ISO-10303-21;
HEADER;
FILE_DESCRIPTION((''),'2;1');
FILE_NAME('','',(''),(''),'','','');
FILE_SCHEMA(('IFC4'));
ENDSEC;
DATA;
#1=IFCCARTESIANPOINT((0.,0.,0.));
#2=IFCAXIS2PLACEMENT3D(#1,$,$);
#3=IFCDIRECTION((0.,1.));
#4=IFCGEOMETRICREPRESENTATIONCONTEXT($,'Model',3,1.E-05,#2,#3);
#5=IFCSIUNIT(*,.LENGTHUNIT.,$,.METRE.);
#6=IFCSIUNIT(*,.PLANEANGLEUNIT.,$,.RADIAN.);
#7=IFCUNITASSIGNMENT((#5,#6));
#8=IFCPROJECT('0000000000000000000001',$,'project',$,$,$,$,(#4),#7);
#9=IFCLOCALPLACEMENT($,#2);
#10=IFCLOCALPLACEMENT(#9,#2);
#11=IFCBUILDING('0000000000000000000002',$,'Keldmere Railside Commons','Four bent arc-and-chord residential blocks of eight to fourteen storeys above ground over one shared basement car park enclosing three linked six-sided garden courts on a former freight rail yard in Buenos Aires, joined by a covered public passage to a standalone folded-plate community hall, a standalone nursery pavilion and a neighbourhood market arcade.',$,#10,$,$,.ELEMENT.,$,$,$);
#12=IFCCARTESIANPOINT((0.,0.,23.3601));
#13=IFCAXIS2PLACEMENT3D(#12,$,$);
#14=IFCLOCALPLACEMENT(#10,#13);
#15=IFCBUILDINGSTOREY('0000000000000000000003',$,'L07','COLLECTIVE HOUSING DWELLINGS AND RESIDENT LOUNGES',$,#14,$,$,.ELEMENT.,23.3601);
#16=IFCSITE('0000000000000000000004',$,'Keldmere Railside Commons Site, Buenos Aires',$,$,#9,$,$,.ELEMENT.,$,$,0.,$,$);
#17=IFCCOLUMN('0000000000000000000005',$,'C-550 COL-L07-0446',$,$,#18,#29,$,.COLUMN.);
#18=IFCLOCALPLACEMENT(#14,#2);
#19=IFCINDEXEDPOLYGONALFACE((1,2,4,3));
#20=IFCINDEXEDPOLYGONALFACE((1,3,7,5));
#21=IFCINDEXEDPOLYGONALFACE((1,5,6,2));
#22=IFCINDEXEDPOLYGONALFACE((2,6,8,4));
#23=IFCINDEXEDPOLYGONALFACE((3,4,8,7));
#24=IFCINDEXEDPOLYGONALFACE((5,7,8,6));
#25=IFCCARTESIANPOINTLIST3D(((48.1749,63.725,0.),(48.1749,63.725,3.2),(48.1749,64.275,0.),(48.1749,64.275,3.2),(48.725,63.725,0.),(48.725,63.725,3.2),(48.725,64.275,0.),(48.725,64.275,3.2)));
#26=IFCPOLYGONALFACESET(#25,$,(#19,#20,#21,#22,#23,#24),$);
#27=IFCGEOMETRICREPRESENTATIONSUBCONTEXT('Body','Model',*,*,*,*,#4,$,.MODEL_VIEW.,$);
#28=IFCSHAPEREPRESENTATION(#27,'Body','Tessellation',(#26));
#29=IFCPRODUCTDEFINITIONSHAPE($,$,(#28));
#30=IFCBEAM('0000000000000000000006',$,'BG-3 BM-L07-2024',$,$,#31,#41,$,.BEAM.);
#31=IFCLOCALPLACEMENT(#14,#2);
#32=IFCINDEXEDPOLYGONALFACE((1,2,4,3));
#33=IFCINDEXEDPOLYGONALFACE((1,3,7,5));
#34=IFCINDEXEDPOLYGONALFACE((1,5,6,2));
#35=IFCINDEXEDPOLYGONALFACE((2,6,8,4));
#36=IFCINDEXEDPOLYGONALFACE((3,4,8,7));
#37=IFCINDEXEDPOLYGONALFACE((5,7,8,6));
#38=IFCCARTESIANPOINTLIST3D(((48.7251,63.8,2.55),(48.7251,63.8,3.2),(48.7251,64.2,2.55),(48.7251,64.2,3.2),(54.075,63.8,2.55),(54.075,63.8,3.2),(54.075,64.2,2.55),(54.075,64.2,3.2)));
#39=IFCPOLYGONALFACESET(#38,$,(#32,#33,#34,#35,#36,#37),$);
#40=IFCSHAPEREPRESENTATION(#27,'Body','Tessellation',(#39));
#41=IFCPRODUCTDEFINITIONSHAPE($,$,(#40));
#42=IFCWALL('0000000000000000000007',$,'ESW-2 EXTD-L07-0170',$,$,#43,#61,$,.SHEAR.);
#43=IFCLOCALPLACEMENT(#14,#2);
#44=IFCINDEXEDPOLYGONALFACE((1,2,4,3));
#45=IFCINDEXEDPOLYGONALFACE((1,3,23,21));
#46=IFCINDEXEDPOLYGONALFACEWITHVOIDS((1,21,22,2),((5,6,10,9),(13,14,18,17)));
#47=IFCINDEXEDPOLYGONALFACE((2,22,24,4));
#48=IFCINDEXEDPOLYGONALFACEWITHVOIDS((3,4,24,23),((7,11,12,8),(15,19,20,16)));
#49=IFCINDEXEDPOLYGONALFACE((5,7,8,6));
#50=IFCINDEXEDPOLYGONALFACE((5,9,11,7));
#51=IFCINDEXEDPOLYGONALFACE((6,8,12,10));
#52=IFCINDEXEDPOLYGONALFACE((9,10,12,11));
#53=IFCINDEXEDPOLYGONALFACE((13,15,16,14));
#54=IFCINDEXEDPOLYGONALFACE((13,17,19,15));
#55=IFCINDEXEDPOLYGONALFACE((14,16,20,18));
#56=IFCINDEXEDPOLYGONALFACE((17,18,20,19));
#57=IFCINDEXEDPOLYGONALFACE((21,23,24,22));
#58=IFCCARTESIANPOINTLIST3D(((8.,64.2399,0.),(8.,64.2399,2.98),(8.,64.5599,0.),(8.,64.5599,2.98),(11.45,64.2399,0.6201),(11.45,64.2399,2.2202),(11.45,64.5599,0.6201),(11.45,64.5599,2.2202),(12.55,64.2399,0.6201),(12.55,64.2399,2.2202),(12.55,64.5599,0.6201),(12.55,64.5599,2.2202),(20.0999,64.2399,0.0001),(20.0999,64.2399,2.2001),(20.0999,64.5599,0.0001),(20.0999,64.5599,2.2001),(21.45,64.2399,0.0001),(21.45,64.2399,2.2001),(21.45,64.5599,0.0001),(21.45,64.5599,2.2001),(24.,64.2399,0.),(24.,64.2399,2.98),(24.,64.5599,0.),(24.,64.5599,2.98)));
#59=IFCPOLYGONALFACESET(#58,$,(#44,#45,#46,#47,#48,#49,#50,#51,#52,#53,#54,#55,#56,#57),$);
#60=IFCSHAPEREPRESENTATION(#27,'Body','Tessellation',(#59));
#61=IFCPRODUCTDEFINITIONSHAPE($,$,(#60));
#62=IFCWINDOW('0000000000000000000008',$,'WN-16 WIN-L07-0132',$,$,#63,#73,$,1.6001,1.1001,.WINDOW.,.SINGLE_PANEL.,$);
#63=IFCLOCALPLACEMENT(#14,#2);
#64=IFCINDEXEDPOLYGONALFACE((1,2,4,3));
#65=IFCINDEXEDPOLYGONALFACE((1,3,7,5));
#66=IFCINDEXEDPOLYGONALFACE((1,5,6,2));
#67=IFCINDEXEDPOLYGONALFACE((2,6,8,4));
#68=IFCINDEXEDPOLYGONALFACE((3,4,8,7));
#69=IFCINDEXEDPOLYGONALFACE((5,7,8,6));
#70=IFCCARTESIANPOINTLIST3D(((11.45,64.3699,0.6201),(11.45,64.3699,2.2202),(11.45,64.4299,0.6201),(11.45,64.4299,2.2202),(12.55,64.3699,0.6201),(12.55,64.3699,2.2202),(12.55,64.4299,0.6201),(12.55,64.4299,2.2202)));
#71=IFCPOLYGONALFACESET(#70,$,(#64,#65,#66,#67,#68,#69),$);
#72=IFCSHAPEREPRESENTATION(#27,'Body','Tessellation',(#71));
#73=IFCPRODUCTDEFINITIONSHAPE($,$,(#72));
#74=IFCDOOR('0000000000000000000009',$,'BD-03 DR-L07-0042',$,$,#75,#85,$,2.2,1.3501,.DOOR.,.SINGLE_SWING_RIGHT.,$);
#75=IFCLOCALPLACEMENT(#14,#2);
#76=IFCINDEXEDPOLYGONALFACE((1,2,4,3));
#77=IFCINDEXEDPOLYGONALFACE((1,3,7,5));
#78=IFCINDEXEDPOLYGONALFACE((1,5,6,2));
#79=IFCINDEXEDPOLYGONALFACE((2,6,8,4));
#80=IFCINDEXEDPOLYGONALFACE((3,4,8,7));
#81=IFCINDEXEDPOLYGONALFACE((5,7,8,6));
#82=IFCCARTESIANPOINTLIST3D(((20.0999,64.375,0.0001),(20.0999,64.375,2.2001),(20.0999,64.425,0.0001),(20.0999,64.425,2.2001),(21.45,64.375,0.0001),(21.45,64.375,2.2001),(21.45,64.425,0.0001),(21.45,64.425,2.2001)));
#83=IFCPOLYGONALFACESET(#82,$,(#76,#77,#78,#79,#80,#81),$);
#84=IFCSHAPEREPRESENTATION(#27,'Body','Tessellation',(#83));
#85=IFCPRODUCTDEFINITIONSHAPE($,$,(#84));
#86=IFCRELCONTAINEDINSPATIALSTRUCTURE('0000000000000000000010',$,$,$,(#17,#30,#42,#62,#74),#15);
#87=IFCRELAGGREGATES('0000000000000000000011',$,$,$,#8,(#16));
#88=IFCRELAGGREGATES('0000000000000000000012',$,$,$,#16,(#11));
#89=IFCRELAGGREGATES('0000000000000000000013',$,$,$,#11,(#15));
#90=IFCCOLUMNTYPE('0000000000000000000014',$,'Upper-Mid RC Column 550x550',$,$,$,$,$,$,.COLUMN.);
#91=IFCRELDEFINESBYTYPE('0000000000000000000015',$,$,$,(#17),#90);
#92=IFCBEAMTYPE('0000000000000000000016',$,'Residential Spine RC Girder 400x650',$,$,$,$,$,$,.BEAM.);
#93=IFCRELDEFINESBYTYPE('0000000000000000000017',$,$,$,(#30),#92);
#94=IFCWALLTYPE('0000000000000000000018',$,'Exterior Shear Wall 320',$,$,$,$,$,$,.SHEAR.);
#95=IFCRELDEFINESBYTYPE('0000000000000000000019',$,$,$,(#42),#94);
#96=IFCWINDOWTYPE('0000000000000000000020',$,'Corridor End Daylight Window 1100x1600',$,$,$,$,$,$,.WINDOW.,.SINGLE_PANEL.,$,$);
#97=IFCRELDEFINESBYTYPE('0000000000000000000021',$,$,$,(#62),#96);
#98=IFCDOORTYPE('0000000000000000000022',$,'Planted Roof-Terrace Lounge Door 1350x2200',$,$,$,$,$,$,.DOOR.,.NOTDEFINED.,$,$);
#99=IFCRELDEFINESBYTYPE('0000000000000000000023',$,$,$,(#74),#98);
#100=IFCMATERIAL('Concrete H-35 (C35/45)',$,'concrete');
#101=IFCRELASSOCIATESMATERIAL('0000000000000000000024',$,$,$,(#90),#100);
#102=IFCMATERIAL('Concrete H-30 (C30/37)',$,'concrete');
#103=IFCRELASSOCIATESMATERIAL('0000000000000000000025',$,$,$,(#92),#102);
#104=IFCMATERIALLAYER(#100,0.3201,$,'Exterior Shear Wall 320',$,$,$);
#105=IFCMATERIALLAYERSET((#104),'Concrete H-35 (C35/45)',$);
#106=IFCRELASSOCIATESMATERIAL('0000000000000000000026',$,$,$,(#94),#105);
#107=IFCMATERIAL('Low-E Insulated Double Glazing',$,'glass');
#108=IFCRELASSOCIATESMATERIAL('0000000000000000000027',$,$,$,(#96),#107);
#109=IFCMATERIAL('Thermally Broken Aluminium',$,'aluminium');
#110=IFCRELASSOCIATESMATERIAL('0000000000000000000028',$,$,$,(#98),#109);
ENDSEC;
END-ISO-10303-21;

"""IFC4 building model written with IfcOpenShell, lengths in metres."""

from ifc_helpers import new_model, si_unit, direction, frame, frame_2d, origin, origin_2d, place, context, subcontext, project, spatial, rectangle, extrude, material, layer, layer_set, material_profile, profile_set, type_object, element, fill, save


model = new_model("IFC4")

# Units and contexts
model_context = context("Model", 3, precision=1e-05, world=origin(), true_north=direction((0.0, 1.0)))
body_context = subcontext(model_context, "Body", "Model", "MODEL_VIEW")
ifc_project = project(units=[si_unit("LENGTHUNIT", "METRE"), si_unit("PLANEANGLEUNIT", "RADIAN")], contexts=[model_context])

# Site, building, storey
site_placement = place(None, origin())
site = spatial("IfcSite", under=ifc_project, at=site_placement, Name="Keldmere Railside Commons Site, Buenos Aires", CompositionType="ELEMENT", RefElevation=0.0)
building_placement = place(site_placement, origin())
building = spatial("IfcBuilding", under=site, at=building_placement, Name="Keldmere Railside Commons", Description="Four bent arc-and-chord residential blocks of eight to fourteen storeys above ground over one shared basement car park enclosing three linked six-sided garden courts on a former freight rail yard in Buenos Aires, joined by a covered public passage to a standalone folded-plate community hall, a standalone nursery pavilion and a neighbourhood market arcade.", CompositionType="ELEMENT")
storey_placement = place(building_placement, frame((0.0, 0.0, 23.3601)))
storey = spatial("IfcBuildingStorey", under=building, at=storey_placement, Name="L07", Description="COLLECTIVE HOUSING DWELLINGS AND RESIDENT LOUNGES", CompositionType="ELEMENT", Elevation=23.3601)

# Column
ifc_material_1 = material(Name="Concrete H-35 (C35/45)", Category="concrete")
ifc_material_profile_1 = material_profile(ifc_material_1, rectangle(XDim=0.55, YDim=0.55, at=origin_2d()), Name="RC-550x550")
ifc_profile_set_1 = profile_set([ifc_material_profile_1], Name="Concrete H-35 (C35/45)")
column_type = type_object("IfcColumnType", Name="Upper-Mid RC Column 550x550", PredefinedType="COLUMN", material=ifc_profile_set_1)
column_placement = place(storey_placement, frame((48.45, 64.0, 0.0), z_axis=(0.0, 0.0, 1.0), x_axis=(1.0, 0.0, 0.0)))
element("IfcColumn", 1, at=column_placement, inside=storey, type_object=column_type, Name="C-550 COL-L07-0446", PredefinedType="COLUMN", context=body_context, shape_type="SweptSolid", body=[
    extrude(rectangle(XDim=0.55, YDim=0.55, at=origin_2d()), origin(), (0.0, 0.0, 1.0), 3.2),
])

# Beam
ifc_material_2 = material(Name="Concrete H-30 (C30/37)", Category="concrete")
ifc_material_profile_2 = material_profile(ifc_material_2, rectangle(XDim=0.3999, YDim=0.6499, at=origin_2d()), Name="RC-400x650")
ifc_profile_set_2 = profile_set([ifc_material_profile_2], Name="Concrete H-30 (C30/37)")
beam_type = type_object("IfcBeamType", Name="Residential Spine RC Girder 400x650", PredefinedType="BEAM", material=ifc_profile_set_2)
beam_placement = place(storey_placement, frame((48.7251, 64.0, 2.875), z_axis=(1.0, 0.0, 0.0), x_axis=(0.0, 1.0, 0.0)))
element("IfcBeam", 2, at=beam_placement, inside=storey, type_object=beam_type, Name="BG-3 BM-L07-2024", PredefinedType="BEAM", context=body_context, shape_type="SweptSolid", body=[
    extrude(rectangle(XDim=0.3999, YDim=0.6499, at=origin_2d()), origin(), (0.0, 0.0, 1.0), 5.3499),
])

# Wall, openings, window, door
ifc_layer_1 = layer(ifc_material_1, 0.3201, Name="Exterior Shear Wall 320")
ifc_layer_set_1 = layer_set([ifc_layer_1], Name="Concrete H-35 (C35/45)")
wall_type_1 = type_object("IfcWallType", Name="Exterior Shear Wall 320", PredefinedType="SHEAR", material=ifc_layer_set_1)
wall_1_placement = place(storey_placement, frame((24.0, 64.3999, 0.0), z_axis=(0.0, 0.0, 1.0), x_axis=(-1.0, 0.0, 0.0)))
wall_1 = element("IfcWall", 3, at=wall_1_placement, inside=storey, type_object=wall_type_1, Name="ESW-2 EXTD-L07-0170", PredefinedType="SHEAR", context=body_context, shape_type="SweptSolid", body=[
    extrude(rectangle(XDim=16.0, YDim=0.3201, at=frame_2d((8.0, 0.0))), origin(), (0.0, 0.0, 1.0), 2.98),
])
opening_1_placement = place(wall_1_placement, frame((2.55, 0.0, 0.0)))
opening_1 = element("IfcOpeningElement", 4, at=opening_1_placement, cuts=wall_1, PredefinedType="OPENING", context=body_context, shape_type="SweptSolid", body=[
    extrude(rectangle(XDim=1.3501, YDim=2.2, at=frame_2d((0.675, 1.1001))), frame((0.0, 0.1699, 0.0), z_axis=(0.0, -1.0, 0.0), x_axis=(1.0, 0.0, 0.0)), (0.0, 0.0, 1.0), 0.3401),
])
opening_2_placement = place(wall_1_placement, frame((11.45, 0.0, 0.6201)))
opening_2 = element("IfcOpeningElement", 5, at=opening_2_placement, cuts=wall_1, PredefinedType="OPENING", context=body_context, shape_type="SweptSolid", body=[
    extrude(rectangle(XDim=1.1001, YDim=1.6001, at=frame_2d((0.55, 0.8))), frame((0.0, 0.1699, 0.0), z_axis=(0.0, -1.0, 0.0), x_axis=(1.0, 0.0, 0.0)), (0.0, 0.0, 1.0), 0.3401),
])
ifc_material_3 = material(Name="Low-E Insulated Double Glazing", Category="glass")
window_type_1 = type_object("IfcWindowType", Name="Corridor End Daylight Window 1100x1600", PartitioningType="SINGLE_PANEL", PredefinedType="WINDOW", material=ifc_material_3)
window_1_placement = place(opening_2_placement, origin())
window_1 = element("IfcWindow", 6, at=window_1_placement, inside=storey, type_object=window_type_1, Name="WN-16 WIN-L07-0132", OverallHeight=1.6001, OverallWidth=1.1001, PartitioningType="SINGLE_PANEL", PredefinedType="WINDOW", context=body_context, shape_type="SweptSolid", body=[
    extrude(rectangle(XDim=1.1001, YDim=1.6001, at=frame_2d((0.55, 0.8))), frame((0.0, 0.03, 0.0), z_axis=(0.0, -1.0, 0.0), x_axis=(1.0, 0.0, 0.0)), (0.0, 0.0, 1.0), 0.0601),
])
fill(opening_2, window_1)
ifc_material_4 = material(Name="Thermally Broken Aluminium", Category="aluminium")
door_type_1 = type_object("IfcDoorType", Name="Planted Roof-Terrace Lounge Door 1350x2200", OperationType="NOTDEFINED", PredefinedType="DOOR", material=ifc_material_4)
door_1_placement = place(opening_1_placement, origin())
door_1 = element("IfcDoor", 7, at=door_1_placement, inside=storey, type_object=door_type_1, Name="BD-03 DR-L07-0042", OperationType="SINGLE_SWING_RIGHT", OverallHeight=2.2, OverallWidth=1.3501, PredefinedType="DOOR", context=body_context, shape_type="SweptSolid", body=[
    extrude(rectangle(XDim=1.3501, YDim=2.2, at=frame_2d((0.675, 1.1001))), frame((0.0, 0.0249, 0.0), z_axis=(0.0, -1.0, 0.0), x_axis=(1.0, 0.0, 0.0)), (0.0, 0.0, 1.0), 0.05),
])
fill(opening_1, door_1)

save(model, "model.ifc")
